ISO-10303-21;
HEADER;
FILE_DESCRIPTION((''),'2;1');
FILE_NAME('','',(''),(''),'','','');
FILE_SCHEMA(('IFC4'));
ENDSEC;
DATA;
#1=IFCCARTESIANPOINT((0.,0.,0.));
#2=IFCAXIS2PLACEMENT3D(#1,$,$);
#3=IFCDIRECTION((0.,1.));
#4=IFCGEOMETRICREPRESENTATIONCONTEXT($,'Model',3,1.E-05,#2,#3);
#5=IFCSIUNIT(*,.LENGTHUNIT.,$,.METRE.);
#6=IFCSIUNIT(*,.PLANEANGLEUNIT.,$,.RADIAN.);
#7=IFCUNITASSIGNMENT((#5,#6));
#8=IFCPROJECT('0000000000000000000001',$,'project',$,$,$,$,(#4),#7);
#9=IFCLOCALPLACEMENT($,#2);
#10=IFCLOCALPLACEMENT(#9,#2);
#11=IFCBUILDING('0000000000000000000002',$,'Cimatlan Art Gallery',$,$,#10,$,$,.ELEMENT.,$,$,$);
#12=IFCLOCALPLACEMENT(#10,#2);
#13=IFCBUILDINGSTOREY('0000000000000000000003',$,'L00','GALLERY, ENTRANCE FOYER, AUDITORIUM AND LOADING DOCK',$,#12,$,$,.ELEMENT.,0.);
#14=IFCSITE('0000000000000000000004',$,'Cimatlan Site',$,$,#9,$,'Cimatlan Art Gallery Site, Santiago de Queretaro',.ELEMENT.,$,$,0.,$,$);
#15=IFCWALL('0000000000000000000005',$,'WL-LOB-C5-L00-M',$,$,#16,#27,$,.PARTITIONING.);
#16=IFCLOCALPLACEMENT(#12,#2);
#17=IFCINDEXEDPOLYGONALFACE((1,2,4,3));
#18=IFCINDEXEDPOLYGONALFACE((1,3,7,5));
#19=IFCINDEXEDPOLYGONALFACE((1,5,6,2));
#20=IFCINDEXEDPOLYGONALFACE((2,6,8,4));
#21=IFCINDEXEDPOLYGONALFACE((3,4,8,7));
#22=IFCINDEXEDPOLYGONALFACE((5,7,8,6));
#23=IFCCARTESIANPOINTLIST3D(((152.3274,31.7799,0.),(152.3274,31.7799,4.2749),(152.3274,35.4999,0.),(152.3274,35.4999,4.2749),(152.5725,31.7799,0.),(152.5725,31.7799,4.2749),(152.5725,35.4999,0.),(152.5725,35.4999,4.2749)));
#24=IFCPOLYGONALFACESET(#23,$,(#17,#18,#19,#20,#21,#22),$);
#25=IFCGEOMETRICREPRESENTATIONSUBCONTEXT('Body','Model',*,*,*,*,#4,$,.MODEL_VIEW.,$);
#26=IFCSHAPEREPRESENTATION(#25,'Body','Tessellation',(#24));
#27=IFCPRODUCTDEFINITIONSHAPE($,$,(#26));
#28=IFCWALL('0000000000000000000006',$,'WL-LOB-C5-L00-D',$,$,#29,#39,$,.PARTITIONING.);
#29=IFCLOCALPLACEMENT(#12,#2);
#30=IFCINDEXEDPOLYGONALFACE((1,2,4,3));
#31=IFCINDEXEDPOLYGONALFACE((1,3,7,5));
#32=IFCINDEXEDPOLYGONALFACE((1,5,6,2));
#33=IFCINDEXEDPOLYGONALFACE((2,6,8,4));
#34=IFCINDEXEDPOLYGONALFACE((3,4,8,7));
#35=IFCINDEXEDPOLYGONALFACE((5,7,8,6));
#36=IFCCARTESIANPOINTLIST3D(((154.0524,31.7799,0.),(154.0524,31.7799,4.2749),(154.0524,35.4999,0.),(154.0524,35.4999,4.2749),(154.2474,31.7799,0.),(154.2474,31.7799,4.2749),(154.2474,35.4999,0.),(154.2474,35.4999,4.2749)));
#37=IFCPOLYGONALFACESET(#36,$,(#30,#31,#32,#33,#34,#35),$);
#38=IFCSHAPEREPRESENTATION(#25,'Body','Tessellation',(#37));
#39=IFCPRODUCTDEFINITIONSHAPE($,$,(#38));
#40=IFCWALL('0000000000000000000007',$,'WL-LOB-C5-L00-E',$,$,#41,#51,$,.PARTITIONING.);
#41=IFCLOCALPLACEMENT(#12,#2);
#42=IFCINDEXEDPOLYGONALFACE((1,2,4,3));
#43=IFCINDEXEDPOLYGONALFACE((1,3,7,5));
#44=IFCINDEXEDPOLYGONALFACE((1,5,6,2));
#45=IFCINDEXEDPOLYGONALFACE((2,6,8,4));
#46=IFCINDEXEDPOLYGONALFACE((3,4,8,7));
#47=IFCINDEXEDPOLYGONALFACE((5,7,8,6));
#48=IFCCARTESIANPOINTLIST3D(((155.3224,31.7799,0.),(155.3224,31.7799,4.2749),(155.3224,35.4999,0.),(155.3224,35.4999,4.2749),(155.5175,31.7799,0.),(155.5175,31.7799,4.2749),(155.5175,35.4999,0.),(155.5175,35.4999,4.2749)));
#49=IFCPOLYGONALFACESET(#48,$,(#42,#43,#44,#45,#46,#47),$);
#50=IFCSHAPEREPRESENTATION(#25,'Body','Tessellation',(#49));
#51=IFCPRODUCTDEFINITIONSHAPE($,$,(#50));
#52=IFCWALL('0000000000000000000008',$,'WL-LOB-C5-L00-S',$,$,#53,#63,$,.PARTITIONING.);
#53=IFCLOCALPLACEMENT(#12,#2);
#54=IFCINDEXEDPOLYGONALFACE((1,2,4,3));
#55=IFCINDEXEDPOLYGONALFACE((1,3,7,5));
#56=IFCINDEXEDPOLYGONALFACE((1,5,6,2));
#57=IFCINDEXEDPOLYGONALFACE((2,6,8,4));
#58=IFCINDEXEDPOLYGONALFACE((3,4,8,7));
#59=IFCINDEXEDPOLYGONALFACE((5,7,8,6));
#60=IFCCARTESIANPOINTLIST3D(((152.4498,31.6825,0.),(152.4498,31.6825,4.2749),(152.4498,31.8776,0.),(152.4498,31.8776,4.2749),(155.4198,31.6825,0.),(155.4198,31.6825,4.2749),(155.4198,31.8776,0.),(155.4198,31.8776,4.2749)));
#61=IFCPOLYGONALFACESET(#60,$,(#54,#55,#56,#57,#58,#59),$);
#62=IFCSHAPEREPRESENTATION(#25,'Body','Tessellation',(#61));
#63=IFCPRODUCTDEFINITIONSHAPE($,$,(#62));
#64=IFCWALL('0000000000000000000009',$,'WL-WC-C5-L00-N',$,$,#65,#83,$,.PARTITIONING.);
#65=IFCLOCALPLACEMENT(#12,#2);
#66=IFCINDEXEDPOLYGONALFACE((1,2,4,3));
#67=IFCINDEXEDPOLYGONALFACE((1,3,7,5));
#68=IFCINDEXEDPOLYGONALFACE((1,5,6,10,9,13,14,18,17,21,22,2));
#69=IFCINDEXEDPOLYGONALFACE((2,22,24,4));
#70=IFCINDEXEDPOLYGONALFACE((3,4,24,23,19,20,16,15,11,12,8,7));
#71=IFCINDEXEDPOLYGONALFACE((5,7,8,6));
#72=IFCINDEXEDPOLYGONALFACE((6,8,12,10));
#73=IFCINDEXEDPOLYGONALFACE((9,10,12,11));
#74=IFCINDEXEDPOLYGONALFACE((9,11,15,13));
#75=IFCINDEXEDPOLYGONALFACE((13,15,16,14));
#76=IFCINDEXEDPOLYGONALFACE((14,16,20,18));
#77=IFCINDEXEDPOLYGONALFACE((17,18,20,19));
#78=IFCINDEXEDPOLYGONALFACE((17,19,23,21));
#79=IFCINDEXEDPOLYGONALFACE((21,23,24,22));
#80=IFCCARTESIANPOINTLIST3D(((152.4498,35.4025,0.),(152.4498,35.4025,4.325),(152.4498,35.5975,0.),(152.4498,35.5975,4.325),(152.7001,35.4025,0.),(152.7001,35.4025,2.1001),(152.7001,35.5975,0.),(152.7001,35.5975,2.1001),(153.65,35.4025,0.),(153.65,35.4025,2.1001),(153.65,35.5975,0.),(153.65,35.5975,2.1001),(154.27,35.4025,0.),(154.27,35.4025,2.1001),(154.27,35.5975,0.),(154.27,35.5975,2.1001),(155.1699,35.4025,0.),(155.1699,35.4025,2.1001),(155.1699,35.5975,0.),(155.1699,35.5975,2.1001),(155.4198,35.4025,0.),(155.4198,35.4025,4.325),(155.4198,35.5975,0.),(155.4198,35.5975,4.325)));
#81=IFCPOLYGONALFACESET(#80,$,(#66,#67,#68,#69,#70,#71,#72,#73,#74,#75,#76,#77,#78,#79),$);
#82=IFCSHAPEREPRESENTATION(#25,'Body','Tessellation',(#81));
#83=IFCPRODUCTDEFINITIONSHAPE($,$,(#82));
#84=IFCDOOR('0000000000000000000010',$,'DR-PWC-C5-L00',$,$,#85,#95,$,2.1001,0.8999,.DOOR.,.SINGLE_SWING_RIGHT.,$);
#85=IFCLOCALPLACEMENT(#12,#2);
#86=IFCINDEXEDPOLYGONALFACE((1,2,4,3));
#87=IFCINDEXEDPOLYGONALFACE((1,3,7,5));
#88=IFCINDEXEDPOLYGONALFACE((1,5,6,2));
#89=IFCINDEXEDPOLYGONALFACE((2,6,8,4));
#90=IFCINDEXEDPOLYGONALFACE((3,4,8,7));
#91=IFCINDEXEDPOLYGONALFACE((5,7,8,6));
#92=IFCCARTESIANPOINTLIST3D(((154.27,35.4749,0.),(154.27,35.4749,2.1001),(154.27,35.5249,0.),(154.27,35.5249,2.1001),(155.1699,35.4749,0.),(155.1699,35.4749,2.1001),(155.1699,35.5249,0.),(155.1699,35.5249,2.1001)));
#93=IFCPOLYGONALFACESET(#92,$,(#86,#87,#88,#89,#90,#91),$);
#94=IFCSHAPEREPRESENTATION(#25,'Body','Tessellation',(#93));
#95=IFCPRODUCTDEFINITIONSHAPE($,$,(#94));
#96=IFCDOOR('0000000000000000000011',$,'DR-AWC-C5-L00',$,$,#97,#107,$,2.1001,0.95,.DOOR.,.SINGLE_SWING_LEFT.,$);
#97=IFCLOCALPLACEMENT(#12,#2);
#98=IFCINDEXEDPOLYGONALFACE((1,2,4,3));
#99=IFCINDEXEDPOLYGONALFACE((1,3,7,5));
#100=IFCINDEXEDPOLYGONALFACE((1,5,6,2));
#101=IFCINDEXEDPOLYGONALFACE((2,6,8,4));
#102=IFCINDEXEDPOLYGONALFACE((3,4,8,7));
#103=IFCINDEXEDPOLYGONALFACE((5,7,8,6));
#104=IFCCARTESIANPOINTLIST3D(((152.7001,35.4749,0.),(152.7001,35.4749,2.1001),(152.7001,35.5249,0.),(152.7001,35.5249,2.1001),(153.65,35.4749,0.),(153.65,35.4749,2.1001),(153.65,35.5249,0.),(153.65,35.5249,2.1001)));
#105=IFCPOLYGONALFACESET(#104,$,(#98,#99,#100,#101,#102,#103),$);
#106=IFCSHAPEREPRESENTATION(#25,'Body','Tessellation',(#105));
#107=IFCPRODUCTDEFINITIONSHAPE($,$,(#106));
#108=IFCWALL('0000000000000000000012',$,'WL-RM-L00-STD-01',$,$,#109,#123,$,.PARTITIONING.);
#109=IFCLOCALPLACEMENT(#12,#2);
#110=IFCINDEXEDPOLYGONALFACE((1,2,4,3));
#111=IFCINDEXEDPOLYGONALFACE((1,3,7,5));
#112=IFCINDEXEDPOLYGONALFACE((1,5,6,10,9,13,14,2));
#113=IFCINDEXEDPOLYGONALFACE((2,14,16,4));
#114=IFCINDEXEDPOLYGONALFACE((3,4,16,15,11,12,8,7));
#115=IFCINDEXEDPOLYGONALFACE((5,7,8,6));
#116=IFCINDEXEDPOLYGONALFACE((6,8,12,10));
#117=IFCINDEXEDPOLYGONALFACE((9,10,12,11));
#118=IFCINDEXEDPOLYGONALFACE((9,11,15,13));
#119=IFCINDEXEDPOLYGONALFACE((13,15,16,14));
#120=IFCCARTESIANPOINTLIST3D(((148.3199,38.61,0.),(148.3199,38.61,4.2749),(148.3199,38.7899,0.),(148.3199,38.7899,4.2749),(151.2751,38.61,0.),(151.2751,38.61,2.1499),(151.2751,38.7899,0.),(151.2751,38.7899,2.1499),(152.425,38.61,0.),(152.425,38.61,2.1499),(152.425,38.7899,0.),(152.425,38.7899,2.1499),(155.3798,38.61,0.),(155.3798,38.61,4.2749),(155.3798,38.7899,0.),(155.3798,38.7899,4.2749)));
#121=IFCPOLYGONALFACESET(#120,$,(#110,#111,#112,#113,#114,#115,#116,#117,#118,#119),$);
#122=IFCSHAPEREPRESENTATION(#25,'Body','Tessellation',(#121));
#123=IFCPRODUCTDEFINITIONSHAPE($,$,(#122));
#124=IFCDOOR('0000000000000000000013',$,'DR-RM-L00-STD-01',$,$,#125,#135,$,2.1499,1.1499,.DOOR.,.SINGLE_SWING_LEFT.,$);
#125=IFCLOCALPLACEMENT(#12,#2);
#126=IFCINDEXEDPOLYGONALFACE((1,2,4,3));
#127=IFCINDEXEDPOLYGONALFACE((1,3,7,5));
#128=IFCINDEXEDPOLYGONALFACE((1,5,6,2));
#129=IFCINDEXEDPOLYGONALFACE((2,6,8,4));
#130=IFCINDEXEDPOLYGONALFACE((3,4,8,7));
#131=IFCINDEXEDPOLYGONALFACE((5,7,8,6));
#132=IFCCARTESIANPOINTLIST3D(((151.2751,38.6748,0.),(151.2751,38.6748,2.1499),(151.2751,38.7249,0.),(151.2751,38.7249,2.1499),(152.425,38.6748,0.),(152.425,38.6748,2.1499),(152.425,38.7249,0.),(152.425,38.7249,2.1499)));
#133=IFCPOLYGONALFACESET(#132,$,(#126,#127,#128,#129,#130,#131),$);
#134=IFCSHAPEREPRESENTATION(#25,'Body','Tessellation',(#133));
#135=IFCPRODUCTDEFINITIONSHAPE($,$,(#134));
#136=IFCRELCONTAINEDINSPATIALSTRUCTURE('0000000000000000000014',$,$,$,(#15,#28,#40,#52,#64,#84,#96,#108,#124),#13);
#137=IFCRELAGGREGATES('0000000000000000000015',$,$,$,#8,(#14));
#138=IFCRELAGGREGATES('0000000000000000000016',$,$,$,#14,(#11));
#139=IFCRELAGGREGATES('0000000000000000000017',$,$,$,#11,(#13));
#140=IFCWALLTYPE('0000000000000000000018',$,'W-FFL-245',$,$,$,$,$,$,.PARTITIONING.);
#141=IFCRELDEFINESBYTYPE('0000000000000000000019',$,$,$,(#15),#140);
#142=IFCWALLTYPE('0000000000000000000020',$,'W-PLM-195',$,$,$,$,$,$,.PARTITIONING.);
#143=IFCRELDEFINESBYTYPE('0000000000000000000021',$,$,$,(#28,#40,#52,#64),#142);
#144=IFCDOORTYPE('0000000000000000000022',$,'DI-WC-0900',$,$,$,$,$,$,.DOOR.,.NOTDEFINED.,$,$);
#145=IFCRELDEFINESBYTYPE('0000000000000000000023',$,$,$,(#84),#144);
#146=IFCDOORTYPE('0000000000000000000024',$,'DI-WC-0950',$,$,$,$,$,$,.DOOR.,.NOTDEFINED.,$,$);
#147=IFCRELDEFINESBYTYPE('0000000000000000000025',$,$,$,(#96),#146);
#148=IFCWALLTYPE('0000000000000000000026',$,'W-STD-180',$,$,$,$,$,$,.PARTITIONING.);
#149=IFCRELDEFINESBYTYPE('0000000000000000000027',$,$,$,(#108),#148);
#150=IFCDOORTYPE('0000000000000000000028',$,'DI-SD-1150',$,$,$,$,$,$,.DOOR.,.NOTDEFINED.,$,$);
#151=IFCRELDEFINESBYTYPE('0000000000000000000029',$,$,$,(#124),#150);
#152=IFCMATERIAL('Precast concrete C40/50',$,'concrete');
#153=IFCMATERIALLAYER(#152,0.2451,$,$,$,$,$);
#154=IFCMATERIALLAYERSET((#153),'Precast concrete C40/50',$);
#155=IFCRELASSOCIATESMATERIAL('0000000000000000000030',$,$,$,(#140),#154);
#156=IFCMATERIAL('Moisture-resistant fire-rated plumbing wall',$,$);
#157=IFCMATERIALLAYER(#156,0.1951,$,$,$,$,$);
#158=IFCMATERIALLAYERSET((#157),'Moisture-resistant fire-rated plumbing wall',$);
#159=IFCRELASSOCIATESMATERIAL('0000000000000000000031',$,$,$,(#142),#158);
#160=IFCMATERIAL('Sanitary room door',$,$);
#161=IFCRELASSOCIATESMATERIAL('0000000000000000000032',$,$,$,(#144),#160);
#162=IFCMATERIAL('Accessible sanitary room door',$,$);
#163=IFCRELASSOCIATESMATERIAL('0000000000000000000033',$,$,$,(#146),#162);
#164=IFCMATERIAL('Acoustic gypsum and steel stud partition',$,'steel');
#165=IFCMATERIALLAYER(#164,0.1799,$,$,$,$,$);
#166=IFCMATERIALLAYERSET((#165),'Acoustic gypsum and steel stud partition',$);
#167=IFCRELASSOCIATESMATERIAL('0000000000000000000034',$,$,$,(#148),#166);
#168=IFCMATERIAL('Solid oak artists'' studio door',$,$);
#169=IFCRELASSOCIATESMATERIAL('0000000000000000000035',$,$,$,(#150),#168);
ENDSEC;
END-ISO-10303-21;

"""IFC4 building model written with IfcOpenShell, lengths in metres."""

from ifc_helpers import new_model, si_unit, direction, frame, frame_2d, origin, place, context, subcontext, project, spatial, rectangle, extrude, material, layer, layer_set, type_object, element, fill, save


model = new_model("IFC4")

# Units and contexts
model_context = context("Model", 3, precision=1e-05, world=origin(), true_north=direction((0.0, 1.0)))
body_context = subcontext(model_context, "Body", "Model", "MODEL_VIEW")
ifc_project = project(units=[si_unit("LENGTHUNIT", "METRE"), si_unit("PLANEANGLEUNIT", "RADIAN")], contexts=[model_context])

# Site, building, storey
site_placement = place(None, origin())
site = spatial("IfcSite", under=ifc_project, at=site_placement, Name="Cimatlan Site", LongName="Cimatlan Art Gallery Site, Santiago de Queretaro", CompositionType="ELEMENT", RefElevation=0.0)
building_placement = place(site_placement, origin())
building = spatial("IfcBuilding", under=site, at=building_placement, Name="Cimatlan Art Gallery", CompositionType="ELEMENT")
storey_placement = place(building_placement, origin())
storey = spatial("IfcBuildingStorey", under=building, at=storey_placement, Name="L00", Description="GALLERY, ENTRANCE FOYER, AUDITORIUM AND LOADING DOCK", CompositionType="ELEMENT", Elevation=0.0)

# Shared definitions
ifc_material_1 = material(Name="Precast concrete C40/50", Category="concrete")
ifc_layer_1 = layer(ifc_material_1, 0.2451)
ifc_layer_set_1 = layer_set([ifc_layer_1], Name="Precast concrete C40/50")
wall_type_1 = type_object("IfcWallType", Name="W-FFL-245", PredefinedType="PARTITIONING", material=ifc_layer_set_1)

# Walls
for number, where, z_axis, x_axis, name in (
    (1, (152.45, 31.78, 0.0), (0.0, 0.0, 1.0), (0.0, 1.0, 0.0), "WL-LOB-C5-L00-M"),
):
    element("IfcWall", number, at=place(storey_placement, frame(where, z_axis=z_axis, x_axis=x_axis)), inside=storey, type_object=wall_type_1, Name=name, PredefinedType="PARTITIONING", context=body_context, shape_type="SweptSolid", body=[
        extrude(rectangle(XDim=3.72, YDim=0.2451, at=frame_2d((1.8599, 0.0))), origin(), (0.0, 0.0, 1.0), 4.2749),
    ])
ifc_material_2 = material(Name="Moisture-resistant fire-rated plumbing wall")
ifc_layer_2 = layer(ifc_material_2, 0.1951)
ifc_layer_set_2 = layer_set([ifc_layer_2], Name="Moisture-resistant fire-rated plumbing wall")
wall_type_2 = type_object("IfcWallType", Name="W-PLM-195", PredefinedType="PARTITIONING", material=ifc_layer_set_2)
for number, where, z_axis, x_axis, name in (
    (2, (154.1499, 31.78, 0.0), (0.0, 0.0, 1.0), (0.0, 1.0, 0.0), "WL-LOB-C5-L00-D"),
    (3, (155.4199, 31.78, 0.0), (0.0, 0.0, 1.0), (0.0, 1.0, 0.0), "WL-LOB-C5-L00-E"),
):
    element("IfcWall", number, at=place(storey_placement, frame(where, z_axis=z_axis, x_axis=x_axis)), inside=storey, type_object=wall_type_2, Name=name, PredefinedType="PARTITIONING", context=body_context, shape_type="SweptSolid", body=[
        extrude(rectangle(XDim=3.72, YDim=0.1951, at=frame_2d((1.8599, 0.0))), origin(), (0.0, 0.0, 1.0), 4.2749),
    ])
wall_1_placement = place(storey_placement, frame((152.45, 31.78, 0.0), z_axis=(0.0, 0.0, 1.0), x_axis=(1.0, 0.0, 0.0)))
element("IfcWall", 4, at=wall_1_placement, inside=storey, type_object=wall_type_2, Name="WL-LOB-C5-L00-S", PredefinedType="PARTITIONING", context=body_context, shape_type="SweptSolid", body=[
    extrude(rectangle(XDim=2.97, YDim=0.1951, at=frame_2d((1.4849, 0.0))), origin(), (0.0, 0.0, 1.0), 4.2749),
])

# Wall, openings, doors
wall_2_placement = place(storey_placement, frame((152.45, 35.5, 0.0), z_axis=(0.0, 0.0, 1.0), x_axis=(1.0, 0.0, 0.0)))
wall_2 = element("IfcWall", 5, at=wall_2_placement, inside=storey, type_object=wall_type_2, Name="WL-WC-C5-L00-N", PredefinedType="PARTITIONING", context=body_context, shape_type="SweptSolid", body=[
    extrude(rectangle(XDim=2.97, YDim=0.1951, at=frame_2d((1.4849, 0.0))), origin(), (0.0, 0.0, 1.0), 4.325),
])
opening_1_placement = place(wall_2_placement, frame((0.25, 0.0, 0.0)))
opening_1 = element("IfcOpeningElement", 6, at=opening_1_placement, cuts=wall_2, PredefinedType="OPENING", context=body_context, shape_type="SweptSolid", body=[
    extrude(rectangle(XDim=0.95, YDim=2.1001, at=frame_2d((0.4751, 1.05))), frame((0.0, 0.1074, 0.0), z_axis=(0.0, -1.0, 0.0), x_axis=(1.0, 0.0, 0.0)), (0.0, 0.0, 1.0), 0.2151),
])
opening_2_placement = place(wall_2_placement, frame((1.8201, 0.0, 0.0)))
opening_2 = element("IfcOpeningElement", 7, at=opening_2_placement, cuts=wall_2, PredefinedType="OPENING", context=body_context, shape_type="SweptSolid", body=[
    extrude(rectangle(XDim=0.8999, YDim=2.1001, at=frame_2d((0.45, 1.05))), frame((0.0, 0.1074, 0.0), z_axis=(0.0, -1.0, 0.0), x_axis=(1.0, 0.0, 0.0)), (0.0, 0.0, 1.0), 0.2151),
])
ifc_material_3 = material(Name="Sanitary room door")
door_type_1 = type_object("IfcDoorType", Name="DI-WC-0900", OperationType="NOTDEFINED", PredefinedType="DOOR", material=ifc_material_3)
door_1_placement = place(opening_2_placement, origin())
door_1 = element("IfcDoor", 8, at=door_1_placement, inside=storey, type_object=door_type_1, Name="DR-PWC-C5-L00", OperationType="SINGLE_SWING_RIGHT", OverallHeight=2.1001, OverallWidth=0.8999, PredefinedType="DOOR", context=body_context, shape_type="SweptSolid", body=[
    extrude(rectangle(XDim=0.8999, YDim=2.1001, at=frame_2d((0.45, 1.05))), frame((0.0, 0.0249, 0.0), z_axis=(0.0, -1.0, 0.0), x_axis=(1.0, 0.0, 0.0)), (0.0, 0.0, 1.0), 0.05),
])
fill(opening_2, door_1)
ifc_material_4 = material(Name="Accessible sanitary room door")
door_type_2 = type_object("IfcDoorType", Name="DI-WC-0950", OperationType="NOTDEFINED", PredefinedType="DOOR", material=ifc_material_4)
door_2_placement = place(opening_1_placement, origin())
door_2 = element("IfcDoor", 9, at=door_2_placement, inside=storey, type_object=door_type_2, Name="DR-AWC-C5-L00", OperationType="SINGLE_SWING_LEFT", OverallHeight=2.1001, OverallWidth=0.95, PredefinedType="DOOR", context=body_context, shape_type="SweptSolid", body=[
    extrude(rectangle(XDim=0.95, YDim=2.1001, at=frame_2d((0.4751, 1.05))), frame((0.0, 0.0249, 0.0), z_axis=(0.0, -1.0, 0.0), x_axis=(1.0, 0.0, 0.0)), (0.0, 0.0, 1.0), 0.05),
])
fill(opening_1, door_2)

# Wall, opening, door
ifc_material_5 = material(Name="Acoustic gypsum and steel stud partition", Category="steel")
ifc_layer_3 = layer(ifc_material_5, 0.1799)
ifc_layer_set_3 = layer_set([ifc_layer_3], Name="Acoustic gypsum and steel stud partition")
wall_type_3 = type_object("IfcWallType", Name="W-STD-180", PredefinedType="PARTITIONING", material=ifc_layer_set_3)
wall_3_placement = place(storey_placement, frame((148.3201, 38.7, 0.0), z_axis=(0.0, 0.0, 1.0), x_axis=(1.0, 0.0, 0.0)))
wall_3 = element("IfcWall", 10, at=wall_3_placement, inside=storey, type_object=wall_type_3, Name="WL-RM-L00-STD-01", PredefinedType="PARTITIONING", context=body_context, shape_type="SweptSolid", body=[
    extrude(rectangle(XDim=7.0598, YDim=0.1799, at=frame_2d((3.5298, 0.0))), origin(), (0.0, 0.0, 1.0), 4.2749),
])
opening_3_placement = place(wall_3_placement, frame((2.9551, 0.0, 0.0)))
opening_3 = element("IfcOpeningElement", 11, at=opening_3_placement, cuts=wall_3, PredefinedType="OPENING", context=body_context, shape_type="SweptSolid", body=[
    extrude(rectangle(XDim=1.1499, YDim=2.1499, at=frame_2d((0.575, 1.075))), frame((0.0, 0.1001, 0.0), z_axis=(0.0, -1.0, 0.0), x_axis=(1.0, 0.0, 0.0)), (0.0, 0.0, 1.0), 0.2),
])
ifc_material_6 = material(Name="Solid oak artists' studio door")
door_type_3 = type_object("IfcDoorType", Name="DI-SD-1150", OperationType="NOTDEFINED", PredefinedType="DOOR", material=ifc_material_6)
door_3_placement = place(opening_3_placement, origin())
door_3 = element("IfcDoor", 12, at=door_3_placement, inside=storey, type_object=door_type_3, Name="DR-RM-L00-STD-01", OperationType="SINGLE_SWING_LEFT", OverallHeight=2.1499, OverallWidth=1.1499, PredefinedType="DOOR", context=body_context, shape_type="SweptSolid", body=[
    extrude(rectangle(XDim=1.1499, YDim=2.1499, at=frame_2d((0.575, 1.075))), frame((0.0, 0.0249, 0.0), z_axis=(0.0, -1.0, 0.0), x_axis=(1.0, 0.0, 0.0)), (0.0, 0.0, 1.0), 0.05),
])
fill(opening_3, door_3)

save(model, "model.ifc")
